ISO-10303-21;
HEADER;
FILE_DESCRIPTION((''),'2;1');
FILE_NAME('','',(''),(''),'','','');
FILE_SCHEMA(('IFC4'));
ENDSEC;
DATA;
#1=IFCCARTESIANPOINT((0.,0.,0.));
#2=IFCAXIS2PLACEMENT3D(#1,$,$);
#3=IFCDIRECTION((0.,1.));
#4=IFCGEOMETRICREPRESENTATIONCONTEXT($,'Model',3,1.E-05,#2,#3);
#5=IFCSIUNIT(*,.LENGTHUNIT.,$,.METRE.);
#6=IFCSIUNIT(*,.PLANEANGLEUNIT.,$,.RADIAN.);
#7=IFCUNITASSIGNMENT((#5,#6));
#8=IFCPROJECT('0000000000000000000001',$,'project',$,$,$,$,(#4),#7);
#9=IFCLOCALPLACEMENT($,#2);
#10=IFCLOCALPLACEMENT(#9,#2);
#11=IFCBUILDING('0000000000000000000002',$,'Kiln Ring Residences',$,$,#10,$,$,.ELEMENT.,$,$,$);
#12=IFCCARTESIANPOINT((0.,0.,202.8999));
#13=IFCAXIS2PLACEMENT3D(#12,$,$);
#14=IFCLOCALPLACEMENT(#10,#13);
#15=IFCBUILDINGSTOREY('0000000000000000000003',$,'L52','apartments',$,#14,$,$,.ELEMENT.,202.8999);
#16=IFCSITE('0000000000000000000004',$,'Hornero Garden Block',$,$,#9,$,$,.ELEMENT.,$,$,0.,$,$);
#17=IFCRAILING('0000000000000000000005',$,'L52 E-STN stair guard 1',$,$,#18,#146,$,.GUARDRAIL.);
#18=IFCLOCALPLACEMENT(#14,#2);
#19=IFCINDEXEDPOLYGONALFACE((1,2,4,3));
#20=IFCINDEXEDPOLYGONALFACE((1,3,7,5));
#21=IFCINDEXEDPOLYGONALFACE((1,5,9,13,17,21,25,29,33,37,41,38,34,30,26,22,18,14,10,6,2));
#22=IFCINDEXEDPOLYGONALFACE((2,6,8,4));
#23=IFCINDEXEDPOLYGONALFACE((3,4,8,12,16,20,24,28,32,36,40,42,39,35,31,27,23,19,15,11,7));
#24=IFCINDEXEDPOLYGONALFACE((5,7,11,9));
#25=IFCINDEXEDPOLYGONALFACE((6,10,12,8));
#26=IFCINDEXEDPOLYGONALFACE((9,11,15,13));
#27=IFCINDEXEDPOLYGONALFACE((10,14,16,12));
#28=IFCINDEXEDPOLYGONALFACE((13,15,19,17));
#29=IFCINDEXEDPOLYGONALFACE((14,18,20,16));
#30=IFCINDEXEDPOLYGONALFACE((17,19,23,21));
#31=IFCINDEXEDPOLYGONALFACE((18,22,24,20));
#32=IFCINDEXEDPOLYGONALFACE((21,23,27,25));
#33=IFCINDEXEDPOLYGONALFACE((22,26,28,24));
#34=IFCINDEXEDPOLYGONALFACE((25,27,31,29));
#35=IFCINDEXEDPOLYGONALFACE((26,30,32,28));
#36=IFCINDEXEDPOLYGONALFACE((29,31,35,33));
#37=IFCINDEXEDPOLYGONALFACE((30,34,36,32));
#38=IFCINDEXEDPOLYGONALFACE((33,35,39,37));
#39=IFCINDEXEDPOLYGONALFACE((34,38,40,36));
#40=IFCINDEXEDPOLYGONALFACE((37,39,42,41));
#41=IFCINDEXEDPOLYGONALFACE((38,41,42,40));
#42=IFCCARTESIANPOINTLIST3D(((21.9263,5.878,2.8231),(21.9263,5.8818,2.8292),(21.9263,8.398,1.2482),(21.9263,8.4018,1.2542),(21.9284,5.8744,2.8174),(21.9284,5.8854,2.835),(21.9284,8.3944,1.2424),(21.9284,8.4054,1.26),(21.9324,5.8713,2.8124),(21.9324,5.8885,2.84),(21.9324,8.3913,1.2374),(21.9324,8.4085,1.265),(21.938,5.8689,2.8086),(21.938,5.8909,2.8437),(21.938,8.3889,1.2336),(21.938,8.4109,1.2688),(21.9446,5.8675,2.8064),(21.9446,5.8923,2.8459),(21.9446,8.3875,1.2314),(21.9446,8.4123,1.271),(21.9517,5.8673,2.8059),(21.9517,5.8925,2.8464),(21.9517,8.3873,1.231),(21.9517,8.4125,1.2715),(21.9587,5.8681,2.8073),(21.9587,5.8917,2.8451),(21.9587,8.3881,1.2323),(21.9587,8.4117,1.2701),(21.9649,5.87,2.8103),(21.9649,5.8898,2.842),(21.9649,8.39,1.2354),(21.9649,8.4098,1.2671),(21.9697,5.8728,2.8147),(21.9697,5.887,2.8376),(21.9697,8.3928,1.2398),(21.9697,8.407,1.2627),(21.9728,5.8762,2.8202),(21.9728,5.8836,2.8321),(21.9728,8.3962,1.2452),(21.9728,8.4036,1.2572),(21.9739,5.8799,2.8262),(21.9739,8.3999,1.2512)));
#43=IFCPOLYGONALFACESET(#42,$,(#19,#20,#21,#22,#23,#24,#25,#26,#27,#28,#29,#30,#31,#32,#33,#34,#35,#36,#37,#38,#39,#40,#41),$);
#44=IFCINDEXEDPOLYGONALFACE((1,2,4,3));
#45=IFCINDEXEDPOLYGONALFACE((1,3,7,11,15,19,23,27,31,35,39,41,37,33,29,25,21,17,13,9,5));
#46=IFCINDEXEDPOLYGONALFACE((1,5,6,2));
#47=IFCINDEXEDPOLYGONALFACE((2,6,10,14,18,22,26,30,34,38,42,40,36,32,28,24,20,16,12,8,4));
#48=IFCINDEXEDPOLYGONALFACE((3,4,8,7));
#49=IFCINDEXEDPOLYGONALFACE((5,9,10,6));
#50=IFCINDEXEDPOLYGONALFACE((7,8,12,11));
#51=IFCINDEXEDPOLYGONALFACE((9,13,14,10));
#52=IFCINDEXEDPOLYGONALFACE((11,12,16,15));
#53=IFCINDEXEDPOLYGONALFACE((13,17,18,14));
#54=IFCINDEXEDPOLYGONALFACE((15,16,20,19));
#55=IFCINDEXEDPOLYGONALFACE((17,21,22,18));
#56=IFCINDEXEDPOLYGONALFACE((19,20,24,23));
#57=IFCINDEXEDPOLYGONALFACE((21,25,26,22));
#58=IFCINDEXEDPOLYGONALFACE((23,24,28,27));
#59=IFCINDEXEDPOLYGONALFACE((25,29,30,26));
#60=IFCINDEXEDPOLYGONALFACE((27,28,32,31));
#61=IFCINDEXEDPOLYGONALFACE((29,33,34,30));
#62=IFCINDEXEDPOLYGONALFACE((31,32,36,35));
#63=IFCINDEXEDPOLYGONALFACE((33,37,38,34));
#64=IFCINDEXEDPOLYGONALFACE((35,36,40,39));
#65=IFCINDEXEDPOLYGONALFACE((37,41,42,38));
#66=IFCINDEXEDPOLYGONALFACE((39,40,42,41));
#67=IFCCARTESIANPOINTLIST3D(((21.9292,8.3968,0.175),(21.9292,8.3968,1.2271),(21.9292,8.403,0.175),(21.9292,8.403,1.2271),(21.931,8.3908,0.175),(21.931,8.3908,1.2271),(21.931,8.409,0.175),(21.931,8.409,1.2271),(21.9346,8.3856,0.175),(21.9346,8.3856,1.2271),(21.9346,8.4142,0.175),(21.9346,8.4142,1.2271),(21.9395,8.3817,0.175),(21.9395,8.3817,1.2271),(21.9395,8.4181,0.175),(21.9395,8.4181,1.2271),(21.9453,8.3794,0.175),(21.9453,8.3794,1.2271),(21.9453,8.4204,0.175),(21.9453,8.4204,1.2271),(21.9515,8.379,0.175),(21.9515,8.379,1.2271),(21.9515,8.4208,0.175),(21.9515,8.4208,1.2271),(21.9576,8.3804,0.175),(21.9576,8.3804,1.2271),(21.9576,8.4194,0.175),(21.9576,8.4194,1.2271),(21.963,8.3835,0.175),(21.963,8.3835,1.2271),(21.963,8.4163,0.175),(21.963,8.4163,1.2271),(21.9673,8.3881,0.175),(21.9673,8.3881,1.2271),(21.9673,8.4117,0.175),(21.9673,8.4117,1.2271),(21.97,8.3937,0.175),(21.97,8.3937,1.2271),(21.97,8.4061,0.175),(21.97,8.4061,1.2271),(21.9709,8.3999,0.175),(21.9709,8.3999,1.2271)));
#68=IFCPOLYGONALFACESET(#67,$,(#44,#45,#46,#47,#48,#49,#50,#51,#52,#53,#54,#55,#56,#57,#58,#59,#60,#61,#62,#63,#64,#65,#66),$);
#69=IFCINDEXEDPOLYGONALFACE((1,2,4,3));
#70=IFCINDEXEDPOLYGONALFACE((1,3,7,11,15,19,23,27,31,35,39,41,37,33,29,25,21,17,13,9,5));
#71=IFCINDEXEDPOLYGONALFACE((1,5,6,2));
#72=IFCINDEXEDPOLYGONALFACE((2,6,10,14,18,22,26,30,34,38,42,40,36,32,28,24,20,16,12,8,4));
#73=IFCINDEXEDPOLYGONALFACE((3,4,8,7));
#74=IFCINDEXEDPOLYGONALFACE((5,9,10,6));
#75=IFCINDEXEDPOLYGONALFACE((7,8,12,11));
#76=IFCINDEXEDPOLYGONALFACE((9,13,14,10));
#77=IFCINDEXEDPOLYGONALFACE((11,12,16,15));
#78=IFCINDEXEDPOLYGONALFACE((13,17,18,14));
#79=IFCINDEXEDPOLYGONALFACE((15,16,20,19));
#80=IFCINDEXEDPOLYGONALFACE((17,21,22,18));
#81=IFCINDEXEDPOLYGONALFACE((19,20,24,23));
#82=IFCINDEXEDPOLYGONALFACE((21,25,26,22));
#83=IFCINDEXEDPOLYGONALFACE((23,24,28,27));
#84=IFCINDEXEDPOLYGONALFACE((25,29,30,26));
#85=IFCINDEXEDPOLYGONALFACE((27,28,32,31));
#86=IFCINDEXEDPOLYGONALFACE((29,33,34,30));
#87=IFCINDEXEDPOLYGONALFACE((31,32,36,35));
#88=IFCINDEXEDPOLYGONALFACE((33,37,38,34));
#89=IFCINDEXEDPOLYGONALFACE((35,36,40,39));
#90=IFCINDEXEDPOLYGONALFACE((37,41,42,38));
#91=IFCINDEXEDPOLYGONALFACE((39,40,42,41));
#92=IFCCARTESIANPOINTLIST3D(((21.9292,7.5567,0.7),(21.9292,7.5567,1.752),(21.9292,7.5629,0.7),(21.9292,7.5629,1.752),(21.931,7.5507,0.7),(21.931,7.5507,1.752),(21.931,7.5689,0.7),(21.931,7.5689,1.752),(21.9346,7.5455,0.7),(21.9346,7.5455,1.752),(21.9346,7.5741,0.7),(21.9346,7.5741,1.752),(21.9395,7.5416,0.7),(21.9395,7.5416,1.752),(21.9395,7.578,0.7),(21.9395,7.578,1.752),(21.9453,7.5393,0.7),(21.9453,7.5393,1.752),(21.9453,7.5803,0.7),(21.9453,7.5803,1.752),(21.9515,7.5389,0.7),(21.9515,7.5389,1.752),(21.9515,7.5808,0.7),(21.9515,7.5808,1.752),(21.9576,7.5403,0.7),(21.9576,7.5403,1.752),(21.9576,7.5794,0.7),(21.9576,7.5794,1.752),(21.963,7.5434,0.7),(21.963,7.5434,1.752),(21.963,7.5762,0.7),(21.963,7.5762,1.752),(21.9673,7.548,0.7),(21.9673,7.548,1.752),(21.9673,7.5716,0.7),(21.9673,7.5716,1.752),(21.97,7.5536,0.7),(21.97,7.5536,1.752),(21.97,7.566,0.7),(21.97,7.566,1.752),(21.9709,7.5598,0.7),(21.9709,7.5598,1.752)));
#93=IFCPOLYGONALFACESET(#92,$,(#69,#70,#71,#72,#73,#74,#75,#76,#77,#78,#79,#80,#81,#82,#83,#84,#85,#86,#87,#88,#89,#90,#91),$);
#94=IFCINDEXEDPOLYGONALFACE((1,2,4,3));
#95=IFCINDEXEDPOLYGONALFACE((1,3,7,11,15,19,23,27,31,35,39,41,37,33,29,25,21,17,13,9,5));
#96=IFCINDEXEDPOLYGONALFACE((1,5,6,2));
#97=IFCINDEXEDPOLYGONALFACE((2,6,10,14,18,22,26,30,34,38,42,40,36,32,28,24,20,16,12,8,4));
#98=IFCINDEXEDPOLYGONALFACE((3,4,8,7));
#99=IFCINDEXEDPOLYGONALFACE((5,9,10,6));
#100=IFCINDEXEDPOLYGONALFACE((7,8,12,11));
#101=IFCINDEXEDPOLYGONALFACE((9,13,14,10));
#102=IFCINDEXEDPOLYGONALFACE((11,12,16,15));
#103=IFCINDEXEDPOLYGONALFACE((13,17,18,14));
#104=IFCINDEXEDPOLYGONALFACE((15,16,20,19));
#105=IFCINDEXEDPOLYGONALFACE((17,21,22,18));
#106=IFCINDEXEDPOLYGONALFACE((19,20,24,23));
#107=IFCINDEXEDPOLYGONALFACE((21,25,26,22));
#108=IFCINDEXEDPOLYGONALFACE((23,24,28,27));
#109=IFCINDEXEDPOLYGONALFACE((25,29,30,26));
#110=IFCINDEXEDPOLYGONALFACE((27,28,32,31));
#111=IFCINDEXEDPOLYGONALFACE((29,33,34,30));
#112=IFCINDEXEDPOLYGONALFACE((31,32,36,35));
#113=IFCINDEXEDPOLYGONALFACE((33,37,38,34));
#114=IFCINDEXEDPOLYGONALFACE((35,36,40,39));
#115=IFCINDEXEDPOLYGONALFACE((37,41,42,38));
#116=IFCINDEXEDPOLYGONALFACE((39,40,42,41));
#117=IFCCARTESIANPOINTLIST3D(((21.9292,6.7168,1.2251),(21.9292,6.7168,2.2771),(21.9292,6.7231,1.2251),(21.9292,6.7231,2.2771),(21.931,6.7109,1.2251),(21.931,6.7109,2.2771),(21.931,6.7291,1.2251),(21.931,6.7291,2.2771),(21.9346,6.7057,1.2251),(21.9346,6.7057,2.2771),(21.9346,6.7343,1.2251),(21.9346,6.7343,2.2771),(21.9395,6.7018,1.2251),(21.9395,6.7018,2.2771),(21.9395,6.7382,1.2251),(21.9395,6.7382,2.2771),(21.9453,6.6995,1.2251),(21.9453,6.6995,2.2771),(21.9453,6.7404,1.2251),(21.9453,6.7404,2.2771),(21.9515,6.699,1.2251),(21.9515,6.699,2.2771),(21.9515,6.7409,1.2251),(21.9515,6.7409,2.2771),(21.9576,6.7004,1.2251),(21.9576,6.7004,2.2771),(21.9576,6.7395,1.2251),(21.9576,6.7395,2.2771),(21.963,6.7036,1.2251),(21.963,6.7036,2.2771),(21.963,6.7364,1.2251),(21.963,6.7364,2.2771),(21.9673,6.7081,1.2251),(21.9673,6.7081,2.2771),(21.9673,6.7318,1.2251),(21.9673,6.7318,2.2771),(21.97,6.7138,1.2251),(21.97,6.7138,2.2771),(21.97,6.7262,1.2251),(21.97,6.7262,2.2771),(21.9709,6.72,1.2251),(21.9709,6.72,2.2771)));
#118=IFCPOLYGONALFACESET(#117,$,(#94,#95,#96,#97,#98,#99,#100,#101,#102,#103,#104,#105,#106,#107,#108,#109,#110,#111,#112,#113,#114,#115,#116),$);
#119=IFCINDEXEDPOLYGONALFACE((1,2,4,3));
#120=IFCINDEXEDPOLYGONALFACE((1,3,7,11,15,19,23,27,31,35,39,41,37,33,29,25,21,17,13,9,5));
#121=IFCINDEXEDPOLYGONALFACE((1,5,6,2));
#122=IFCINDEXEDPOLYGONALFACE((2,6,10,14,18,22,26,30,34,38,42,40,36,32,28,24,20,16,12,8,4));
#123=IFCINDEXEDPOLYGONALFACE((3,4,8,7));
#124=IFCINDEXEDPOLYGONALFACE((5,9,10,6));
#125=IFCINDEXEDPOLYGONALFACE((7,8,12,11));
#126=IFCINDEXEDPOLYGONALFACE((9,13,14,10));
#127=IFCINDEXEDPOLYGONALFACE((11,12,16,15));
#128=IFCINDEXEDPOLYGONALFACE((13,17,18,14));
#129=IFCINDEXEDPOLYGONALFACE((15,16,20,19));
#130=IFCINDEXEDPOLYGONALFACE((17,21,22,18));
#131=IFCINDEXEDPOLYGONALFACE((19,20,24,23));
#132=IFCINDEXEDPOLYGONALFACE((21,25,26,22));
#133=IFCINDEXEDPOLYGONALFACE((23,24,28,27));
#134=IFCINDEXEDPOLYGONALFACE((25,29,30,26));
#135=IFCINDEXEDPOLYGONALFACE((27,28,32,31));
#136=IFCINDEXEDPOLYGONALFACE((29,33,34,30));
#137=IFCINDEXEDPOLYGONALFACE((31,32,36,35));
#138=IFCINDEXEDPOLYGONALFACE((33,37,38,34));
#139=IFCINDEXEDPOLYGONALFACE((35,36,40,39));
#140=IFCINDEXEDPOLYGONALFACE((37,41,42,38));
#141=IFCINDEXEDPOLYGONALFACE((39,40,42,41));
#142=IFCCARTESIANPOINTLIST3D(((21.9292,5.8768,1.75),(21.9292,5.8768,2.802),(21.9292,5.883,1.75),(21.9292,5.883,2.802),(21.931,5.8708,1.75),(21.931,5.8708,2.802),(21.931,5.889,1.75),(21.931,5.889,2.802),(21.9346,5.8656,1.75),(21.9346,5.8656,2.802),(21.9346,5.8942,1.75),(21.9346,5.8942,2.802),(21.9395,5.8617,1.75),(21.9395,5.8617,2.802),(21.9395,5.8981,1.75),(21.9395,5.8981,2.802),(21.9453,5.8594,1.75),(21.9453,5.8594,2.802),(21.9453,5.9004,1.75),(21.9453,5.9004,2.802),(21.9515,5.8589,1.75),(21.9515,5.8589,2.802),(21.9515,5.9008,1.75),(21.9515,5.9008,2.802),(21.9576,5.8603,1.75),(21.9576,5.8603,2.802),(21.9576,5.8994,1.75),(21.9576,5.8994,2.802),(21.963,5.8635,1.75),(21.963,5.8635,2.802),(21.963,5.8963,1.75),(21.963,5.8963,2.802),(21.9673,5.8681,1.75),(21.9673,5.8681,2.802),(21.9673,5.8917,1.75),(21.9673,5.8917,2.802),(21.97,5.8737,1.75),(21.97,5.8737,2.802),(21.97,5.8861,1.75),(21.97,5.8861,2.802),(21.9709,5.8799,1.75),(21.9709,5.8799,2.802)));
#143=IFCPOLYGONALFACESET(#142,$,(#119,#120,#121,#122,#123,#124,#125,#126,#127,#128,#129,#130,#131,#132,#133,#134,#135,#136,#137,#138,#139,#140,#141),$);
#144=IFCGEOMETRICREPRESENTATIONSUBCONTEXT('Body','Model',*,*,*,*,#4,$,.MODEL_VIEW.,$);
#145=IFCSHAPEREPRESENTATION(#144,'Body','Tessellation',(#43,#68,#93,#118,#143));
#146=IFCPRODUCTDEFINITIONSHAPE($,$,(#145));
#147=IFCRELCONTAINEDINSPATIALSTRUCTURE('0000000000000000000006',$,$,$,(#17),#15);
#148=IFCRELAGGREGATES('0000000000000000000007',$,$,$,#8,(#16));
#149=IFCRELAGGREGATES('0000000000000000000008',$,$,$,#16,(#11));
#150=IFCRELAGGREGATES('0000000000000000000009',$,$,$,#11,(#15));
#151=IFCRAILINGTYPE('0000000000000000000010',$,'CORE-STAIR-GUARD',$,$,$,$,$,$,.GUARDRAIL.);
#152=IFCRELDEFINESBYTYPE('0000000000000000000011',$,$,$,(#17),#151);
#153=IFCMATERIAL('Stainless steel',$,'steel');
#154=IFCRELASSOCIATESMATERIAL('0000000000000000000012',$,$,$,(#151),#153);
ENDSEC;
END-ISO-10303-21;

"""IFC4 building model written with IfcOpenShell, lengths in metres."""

from ifc_helpers import new_model, si_unit, direction, frame, origin, origin_2d, place, context, subcontext, project, spatial, circle, extrude, material, type_object, element, save


model = new_model("IFC4")

# Units and contexts
model_context = context("Model", 3, precision=1e-05, world=origin(), true_north=direction((0.0, 1.0)))
body_context = subcontext(model_context, "Body", "Model", "MODEL_VIEW")
ifc_project = project(units=[si_unit("LENGTHUNIT", "METRE"), si_unit("PLANEANGLEUNIT", "RADIAN")], contexts=[model_context])

# Site, building, storey
site_placement = place(None, origin())
site = spatial("IfcSite", under=ifc_project, at=site_placement, Name="Hornero Garden Block", CompositionType="ELEMENT", RefElevation=0.0)
building_placement = place(site_placement, origin())
building = spatial("IfcBuilding", under=site, at=building_placement, Name="Kiln Ring Residences", CompositionType="ELEMENT")
storey_placement = place(building_placement, frame((0.0, 0.0, 202.8999)))
storey = spatial("IfcBuildingStorey", under=building, at=storey_placement, Name="L52", Description="apartments", CompositionType="ELEMENT", Elevation=202.8999)

# Railing
ifc_material_1 = material(Name="Stainless steel", Category="steel")
railing_type_1 = type_object("IfcRailingType", Name="CORE-STAIR-GUARD", PredefinedType="GUARDRAIL", material=ifc_material_1)
railing_1_placement = place(storey_placement, frame((21.95, 8.3999, 0.175)))
element("IfcRailing", 1, at=railing_1_placement, inside=storey, type_object=railing_type_1, Name="L52 E-STN stair guard 1", PredefinedType="GUARDRAIL", context=body_context, shape_type="SweptSolid", body=[
    extrude(circle(Radius=0.0239, at=origin_2d()), frame((0.0, 0.0, 1.0762), z_axis=(0.0, -0.848008, 0.529984), x_axis=(1.0, 0.0, 0.0)), (0.0, 0.0, 1.0), 2.9717),
    extrude(circle(Radius=0.021, at=origin_2d()), origin(), (0.0, 0.0, 1.0), 1.052),
    extrude(circle(Radius=0.021, at=origin_2d()), frame((0.0, -0.8401, 0.5249)), (0.0, 0.0, 1.0), 1.052),
    extrude(circle(Radius=0.021, at=origin_2d()), frame((0.0, -1.6799, 1.05)), (0.0, 0.0, 1.0), 1.052),
    extrude(circle(Radius=0.021, at=origin_2d()), frame((0.0, -2.52, 1.575)), (0.0, 0.0, 1.0), 1.052),
])

save(model, "model.ifc")
